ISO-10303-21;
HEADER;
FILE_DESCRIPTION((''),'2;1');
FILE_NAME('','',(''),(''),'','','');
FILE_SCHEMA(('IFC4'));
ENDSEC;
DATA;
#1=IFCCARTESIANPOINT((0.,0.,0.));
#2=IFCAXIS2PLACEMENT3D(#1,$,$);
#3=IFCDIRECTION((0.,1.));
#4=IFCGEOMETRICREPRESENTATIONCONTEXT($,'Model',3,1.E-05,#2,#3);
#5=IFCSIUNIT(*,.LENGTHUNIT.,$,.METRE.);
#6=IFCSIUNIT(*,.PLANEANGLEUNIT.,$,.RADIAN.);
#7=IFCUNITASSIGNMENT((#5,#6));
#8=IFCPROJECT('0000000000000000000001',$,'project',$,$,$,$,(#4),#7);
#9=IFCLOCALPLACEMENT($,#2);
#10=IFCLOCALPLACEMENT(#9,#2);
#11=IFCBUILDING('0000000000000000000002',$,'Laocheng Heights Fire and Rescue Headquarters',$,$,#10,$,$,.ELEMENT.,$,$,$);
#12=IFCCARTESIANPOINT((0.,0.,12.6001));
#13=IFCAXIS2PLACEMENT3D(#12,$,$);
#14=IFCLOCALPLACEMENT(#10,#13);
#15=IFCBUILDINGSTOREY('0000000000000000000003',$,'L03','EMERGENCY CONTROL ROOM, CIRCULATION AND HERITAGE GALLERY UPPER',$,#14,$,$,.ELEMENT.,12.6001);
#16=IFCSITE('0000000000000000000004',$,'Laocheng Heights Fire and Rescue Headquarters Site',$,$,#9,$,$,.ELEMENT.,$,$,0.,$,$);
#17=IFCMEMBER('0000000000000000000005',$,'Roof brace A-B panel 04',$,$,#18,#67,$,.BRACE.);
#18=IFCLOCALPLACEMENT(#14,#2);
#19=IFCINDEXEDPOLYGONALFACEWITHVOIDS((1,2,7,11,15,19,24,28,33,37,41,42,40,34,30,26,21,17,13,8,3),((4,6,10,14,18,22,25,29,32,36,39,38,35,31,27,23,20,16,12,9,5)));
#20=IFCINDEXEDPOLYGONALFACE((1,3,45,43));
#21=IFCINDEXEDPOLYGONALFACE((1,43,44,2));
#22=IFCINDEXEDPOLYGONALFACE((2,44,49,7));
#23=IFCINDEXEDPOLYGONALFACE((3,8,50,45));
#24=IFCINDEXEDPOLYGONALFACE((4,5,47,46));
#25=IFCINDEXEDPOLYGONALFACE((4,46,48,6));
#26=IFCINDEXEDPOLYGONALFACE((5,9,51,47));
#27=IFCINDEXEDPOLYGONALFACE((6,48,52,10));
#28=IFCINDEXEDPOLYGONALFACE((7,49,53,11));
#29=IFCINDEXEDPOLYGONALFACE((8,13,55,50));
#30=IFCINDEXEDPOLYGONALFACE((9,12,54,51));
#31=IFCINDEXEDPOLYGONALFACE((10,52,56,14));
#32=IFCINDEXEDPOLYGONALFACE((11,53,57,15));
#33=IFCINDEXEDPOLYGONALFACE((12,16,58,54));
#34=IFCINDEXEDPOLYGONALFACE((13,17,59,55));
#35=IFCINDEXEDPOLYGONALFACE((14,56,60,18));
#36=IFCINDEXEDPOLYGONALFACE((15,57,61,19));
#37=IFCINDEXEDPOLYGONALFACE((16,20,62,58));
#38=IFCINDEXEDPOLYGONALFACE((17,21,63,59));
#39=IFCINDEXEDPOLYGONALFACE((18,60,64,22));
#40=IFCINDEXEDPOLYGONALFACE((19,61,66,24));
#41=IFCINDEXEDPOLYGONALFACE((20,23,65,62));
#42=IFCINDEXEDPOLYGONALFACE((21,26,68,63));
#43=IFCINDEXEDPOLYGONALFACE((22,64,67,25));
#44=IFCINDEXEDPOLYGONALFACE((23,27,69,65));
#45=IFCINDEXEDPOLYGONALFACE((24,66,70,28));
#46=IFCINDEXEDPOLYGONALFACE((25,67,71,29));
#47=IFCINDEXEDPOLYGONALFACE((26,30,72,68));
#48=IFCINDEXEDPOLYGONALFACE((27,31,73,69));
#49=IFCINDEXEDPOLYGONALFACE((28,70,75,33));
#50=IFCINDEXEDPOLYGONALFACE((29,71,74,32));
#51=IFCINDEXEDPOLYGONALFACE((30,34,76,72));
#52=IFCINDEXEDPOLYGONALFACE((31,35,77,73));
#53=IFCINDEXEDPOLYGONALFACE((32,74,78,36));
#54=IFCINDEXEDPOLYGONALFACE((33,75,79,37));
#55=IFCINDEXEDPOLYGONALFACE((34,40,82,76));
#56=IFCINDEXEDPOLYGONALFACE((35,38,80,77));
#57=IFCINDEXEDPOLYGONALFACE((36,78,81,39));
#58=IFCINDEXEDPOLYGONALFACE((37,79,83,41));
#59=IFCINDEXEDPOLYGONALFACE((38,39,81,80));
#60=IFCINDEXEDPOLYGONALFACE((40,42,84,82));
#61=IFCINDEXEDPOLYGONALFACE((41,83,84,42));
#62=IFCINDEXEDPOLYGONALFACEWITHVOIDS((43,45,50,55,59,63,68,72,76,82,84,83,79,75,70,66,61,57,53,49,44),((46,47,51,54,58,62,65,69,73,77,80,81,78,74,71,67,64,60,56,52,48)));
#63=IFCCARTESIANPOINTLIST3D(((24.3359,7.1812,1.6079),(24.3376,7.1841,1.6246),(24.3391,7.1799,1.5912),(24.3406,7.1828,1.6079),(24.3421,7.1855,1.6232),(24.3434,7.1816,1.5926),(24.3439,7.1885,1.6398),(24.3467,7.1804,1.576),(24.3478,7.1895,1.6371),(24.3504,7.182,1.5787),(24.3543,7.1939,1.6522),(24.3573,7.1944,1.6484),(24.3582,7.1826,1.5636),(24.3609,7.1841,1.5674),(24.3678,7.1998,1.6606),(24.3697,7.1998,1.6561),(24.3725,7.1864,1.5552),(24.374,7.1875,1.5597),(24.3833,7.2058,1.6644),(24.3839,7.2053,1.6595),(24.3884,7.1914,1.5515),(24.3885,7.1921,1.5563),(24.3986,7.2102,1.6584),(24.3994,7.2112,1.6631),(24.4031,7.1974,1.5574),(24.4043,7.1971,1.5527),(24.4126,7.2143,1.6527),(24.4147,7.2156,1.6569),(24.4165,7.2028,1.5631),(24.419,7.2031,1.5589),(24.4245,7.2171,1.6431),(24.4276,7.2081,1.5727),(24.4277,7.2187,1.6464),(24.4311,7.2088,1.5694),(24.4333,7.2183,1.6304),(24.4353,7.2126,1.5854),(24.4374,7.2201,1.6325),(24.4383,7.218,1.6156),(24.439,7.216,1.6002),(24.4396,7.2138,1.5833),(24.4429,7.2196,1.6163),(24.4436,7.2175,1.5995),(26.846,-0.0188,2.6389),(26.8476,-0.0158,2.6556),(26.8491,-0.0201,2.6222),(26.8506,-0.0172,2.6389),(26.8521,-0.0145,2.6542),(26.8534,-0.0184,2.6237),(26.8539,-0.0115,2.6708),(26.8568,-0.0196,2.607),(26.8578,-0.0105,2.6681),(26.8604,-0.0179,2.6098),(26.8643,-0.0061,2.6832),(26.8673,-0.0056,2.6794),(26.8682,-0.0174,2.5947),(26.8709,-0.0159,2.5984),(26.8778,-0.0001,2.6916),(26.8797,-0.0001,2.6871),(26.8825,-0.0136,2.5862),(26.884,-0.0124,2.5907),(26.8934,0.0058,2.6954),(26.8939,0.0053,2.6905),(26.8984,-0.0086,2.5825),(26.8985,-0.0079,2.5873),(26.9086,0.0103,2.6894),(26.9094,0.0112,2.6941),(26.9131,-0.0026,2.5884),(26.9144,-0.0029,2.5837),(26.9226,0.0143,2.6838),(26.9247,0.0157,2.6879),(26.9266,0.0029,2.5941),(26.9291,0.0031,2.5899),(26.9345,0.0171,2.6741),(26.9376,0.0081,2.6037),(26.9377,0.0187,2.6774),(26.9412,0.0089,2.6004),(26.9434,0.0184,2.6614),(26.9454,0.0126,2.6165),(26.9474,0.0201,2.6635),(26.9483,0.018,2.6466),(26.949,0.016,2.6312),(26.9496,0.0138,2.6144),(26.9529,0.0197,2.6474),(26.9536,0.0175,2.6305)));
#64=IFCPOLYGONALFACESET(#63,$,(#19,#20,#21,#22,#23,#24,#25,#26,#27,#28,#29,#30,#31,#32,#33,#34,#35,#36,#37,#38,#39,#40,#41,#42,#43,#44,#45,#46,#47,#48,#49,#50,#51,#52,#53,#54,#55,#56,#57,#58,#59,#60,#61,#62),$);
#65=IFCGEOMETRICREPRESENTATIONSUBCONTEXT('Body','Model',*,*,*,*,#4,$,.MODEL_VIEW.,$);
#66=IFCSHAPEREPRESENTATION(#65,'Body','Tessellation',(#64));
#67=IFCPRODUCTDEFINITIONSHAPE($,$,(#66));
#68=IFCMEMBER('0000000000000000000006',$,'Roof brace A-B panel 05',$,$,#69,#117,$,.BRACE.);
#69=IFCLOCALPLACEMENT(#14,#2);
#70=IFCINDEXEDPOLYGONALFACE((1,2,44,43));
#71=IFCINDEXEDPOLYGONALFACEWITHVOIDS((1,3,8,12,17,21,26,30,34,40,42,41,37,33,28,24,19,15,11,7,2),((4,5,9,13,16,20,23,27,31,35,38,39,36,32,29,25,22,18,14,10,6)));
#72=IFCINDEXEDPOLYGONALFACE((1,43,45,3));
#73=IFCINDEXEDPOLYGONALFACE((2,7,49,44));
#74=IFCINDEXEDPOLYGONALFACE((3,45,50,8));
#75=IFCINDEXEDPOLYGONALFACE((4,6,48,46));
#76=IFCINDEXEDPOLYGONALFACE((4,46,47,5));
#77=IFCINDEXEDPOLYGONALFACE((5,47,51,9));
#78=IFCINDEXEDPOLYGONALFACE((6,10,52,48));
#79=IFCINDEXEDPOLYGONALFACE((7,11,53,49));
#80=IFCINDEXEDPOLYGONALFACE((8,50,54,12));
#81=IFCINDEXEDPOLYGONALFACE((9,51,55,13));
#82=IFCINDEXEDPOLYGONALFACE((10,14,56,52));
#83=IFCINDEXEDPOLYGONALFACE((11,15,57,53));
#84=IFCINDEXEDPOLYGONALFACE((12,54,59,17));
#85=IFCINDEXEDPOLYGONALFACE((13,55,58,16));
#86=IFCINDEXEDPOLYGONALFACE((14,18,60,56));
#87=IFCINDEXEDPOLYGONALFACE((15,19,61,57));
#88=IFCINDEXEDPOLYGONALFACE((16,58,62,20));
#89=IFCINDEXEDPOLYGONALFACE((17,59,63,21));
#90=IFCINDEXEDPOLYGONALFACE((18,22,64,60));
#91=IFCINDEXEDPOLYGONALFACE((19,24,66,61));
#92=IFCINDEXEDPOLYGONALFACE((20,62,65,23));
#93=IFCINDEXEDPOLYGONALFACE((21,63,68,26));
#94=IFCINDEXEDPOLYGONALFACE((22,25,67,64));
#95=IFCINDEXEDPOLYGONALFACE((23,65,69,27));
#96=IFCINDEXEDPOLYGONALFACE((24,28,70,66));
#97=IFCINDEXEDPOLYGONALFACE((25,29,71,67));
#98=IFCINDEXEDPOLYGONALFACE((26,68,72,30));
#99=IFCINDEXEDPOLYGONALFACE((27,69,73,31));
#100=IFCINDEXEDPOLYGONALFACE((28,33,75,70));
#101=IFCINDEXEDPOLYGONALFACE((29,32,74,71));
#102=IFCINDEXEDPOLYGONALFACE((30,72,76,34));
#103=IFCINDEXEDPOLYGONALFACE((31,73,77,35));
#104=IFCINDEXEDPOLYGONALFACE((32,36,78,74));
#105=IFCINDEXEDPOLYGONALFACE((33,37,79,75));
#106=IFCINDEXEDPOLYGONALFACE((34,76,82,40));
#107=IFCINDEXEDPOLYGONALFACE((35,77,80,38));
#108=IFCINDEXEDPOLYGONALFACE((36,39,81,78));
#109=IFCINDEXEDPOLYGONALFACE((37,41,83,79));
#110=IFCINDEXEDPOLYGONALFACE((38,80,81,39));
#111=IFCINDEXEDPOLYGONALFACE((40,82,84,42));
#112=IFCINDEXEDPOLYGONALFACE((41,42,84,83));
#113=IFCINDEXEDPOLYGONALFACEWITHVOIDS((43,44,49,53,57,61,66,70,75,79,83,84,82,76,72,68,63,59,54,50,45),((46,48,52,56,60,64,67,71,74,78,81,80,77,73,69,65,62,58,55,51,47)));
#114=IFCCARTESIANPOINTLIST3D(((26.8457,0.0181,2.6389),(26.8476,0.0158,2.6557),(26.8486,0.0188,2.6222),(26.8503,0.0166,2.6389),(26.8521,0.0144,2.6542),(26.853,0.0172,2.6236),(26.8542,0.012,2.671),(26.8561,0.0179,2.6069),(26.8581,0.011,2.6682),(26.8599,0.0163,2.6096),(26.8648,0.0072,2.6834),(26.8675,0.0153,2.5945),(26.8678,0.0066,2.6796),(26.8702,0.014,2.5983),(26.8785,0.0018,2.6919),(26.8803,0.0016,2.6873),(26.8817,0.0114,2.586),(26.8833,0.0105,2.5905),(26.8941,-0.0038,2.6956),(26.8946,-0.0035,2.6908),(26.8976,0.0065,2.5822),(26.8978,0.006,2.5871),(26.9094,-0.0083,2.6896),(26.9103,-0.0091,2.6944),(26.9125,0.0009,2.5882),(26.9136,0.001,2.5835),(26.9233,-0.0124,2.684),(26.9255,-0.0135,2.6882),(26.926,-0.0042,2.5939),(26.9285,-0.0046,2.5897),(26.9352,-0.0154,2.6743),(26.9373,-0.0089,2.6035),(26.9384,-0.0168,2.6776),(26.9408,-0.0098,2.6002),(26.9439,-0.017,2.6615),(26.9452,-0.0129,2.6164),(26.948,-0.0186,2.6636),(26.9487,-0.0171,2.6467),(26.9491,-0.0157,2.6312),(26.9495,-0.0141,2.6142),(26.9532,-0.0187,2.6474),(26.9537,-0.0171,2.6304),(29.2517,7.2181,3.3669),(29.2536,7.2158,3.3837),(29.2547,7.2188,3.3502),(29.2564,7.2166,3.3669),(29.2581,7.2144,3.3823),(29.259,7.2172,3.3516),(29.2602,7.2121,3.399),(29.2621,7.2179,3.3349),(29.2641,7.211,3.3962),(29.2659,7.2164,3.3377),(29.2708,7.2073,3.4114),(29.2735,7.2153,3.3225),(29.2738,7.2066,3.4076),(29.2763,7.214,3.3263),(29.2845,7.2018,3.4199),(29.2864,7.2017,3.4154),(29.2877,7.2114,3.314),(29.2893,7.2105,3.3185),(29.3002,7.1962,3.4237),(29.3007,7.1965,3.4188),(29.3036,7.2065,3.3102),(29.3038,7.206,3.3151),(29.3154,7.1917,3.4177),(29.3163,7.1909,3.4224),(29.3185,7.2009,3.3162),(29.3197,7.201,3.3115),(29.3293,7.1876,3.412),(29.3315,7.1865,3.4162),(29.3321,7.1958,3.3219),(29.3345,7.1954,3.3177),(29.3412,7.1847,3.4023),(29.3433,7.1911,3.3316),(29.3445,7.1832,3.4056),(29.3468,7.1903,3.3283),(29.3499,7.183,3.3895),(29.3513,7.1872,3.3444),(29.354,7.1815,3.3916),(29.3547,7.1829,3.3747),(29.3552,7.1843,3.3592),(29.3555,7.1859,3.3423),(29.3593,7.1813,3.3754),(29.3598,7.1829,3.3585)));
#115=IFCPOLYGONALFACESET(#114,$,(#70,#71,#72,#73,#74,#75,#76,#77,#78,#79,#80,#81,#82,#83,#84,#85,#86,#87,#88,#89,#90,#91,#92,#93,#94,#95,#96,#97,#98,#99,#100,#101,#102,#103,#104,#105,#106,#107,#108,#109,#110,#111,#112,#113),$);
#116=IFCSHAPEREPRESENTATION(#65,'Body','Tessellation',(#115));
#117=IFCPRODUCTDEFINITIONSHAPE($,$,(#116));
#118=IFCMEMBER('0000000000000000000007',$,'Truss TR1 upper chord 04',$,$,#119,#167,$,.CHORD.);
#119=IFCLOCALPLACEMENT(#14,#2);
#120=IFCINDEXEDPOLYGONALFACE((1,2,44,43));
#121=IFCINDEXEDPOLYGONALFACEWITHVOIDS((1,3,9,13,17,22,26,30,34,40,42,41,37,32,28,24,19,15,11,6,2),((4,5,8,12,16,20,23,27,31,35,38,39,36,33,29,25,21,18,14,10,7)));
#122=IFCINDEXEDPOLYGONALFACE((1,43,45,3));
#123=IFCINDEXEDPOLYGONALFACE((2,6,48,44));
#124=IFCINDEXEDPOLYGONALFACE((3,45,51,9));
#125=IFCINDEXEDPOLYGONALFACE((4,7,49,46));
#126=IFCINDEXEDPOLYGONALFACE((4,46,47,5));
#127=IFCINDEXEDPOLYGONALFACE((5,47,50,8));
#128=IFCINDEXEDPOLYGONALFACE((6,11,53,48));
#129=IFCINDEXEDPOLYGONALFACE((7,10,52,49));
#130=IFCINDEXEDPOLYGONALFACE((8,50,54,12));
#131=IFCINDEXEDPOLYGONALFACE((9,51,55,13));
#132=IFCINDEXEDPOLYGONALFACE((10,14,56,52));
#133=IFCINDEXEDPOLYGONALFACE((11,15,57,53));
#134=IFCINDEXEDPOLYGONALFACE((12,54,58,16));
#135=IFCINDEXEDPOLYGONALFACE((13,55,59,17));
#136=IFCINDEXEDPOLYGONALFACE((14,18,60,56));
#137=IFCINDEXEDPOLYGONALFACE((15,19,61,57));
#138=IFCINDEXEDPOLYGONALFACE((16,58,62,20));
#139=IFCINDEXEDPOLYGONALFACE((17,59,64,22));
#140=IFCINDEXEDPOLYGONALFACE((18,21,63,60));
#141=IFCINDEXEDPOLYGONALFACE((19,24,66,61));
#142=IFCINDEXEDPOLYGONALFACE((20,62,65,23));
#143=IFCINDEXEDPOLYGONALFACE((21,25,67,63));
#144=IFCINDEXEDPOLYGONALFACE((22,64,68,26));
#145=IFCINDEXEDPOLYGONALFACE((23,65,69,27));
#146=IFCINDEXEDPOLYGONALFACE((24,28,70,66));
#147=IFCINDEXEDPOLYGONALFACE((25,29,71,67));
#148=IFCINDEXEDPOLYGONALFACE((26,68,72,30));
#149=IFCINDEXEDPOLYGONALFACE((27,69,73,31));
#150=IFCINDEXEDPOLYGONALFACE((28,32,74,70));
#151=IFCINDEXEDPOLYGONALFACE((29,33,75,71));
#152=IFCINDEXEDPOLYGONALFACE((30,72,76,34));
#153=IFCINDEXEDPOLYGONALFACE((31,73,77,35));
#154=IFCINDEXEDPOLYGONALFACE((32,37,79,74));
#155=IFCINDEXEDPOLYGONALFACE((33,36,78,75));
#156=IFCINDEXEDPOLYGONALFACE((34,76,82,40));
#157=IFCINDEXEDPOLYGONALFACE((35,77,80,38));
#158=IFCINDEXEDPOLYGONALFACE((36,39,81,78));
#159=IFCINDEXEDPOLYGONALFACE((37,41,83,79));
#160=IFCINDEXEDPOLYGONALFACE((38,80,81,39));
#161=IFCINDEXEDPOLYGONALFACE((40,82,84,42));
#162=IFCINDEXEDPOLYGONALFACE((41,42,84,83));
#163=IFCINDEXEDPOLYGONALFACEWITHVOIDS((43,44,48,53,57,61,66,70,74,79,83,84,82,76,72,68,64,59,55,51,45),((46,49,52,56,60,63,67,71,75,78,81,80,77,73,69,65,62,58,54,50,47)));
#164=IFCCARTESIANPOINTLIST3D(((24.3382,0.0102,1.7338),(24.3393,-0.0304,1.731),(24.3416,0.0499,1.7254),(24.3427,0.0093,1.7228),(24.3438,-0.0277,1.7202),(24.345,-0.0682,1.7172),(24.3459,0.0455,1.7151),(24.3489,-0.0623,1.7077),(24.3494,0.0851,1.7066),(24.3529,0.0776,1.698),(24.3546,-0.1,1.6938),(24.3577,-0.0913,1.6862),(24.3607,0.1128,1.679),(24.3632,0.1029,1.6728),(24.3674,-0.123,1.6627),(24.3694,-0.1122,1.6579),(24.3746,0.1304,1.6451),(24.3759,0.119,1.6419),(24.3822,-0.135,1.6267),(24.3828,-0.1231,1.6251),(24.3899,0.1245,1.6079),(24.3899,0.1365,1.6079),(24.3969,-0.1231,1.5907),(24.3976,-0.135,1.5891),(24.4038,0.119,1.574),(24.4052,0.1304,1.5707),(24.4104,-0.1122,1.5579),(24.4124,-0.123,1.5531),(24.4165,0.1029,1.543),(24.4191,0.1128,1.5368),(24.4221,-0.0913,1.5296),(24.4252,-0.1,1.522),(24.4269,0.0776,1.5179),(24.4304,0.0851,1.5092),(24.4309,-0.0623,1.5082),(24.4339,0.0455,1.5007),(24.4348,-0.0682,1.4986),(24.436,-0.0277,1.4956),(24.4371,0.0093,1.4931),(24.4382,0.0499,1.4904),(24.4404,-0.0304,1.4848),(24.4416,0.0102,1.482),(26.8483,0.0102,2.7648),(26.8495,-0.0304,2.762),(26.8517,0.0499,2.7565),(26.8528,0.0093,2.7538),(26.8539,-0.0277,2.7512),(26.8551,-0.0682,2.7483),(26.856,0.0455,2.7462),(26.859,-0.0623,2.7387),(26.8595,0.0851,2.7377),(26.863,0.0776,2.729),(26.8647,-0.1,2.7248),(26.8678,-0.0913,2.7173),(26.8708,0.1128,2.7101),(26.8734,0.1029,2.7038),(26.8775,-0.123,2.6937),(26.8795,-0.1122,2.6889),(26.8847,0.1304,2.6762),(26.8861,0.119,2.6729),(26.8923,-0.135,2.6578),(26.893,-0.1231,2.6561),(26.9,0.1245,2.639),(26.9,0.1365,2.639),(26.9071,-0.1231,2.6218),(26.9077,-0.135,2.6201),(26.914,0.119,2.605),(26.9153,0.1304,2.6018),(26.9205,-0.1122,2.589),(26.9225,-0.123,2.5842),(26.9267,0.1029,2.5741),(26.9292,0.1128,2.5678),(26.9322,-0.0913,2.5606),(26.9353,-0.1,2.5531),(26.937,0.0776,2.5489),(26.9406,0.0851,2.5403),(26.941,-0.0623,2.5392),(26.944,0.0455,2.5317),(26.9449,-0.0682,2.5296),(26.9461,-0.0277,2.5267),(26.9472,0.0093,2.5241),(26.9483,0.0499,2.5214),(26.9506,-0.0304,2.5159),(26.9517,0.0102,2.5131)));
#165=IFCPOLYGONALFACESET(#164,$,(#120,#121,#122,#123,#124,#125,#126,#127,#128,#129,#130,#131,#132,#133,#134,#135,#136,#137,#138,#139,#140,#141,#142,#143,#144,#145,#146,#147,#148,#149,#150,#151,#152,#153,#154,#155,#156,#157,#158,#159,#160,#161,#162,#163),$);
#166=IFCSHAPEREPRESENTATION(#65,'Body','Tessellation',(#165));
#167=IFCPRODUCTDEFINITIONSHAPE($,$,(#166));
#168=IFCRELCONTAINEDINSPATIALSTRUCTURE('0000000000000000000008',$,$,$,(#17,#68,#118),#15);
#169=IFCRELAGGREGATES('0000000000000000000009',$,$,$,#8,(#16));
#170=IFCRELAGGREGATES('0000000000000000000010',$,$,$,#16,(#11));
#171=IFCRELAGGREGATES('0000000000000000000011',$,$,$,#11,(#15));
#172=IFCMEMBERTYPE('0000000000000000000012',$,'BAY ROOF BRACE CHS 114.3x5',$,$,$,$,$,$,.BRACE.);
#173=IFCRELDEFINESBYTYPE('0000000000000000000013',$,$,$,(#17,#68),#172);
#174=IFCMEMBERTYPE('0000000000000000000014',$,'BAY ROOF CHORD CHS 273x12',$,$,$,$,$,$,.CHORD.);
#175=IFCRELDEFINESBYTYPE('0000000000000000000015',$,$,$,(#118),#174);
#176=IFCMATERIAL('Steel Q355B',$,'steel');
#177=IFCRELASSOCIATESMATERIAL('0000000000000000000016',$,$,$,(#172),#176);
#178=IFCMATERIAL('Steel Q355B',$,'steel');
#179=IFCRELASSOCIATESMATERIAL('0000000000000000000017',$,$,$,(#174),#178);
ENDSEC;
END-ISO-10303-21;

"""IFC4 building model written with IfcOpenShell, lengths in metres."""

from ifc_helpers import new_model, si_unit, direction, frame, origin, origin_2d, place, context, subcontext, project, spatial, hollow_circle, extrude, material, material_profile, profile_set, type_object, element, save


model = new_model("IFC4")

# Units and contexts
model_context = context("Model", 3, precision=1e-05, world=origin(), true_north=direction((0.0, 1.0)))
body_context = subcontext(model_context, "Body", "Model", "MODEL_VIEW")
ifc_project = project(units=[si_unit("LENGTHUNIT", "METRE"), si_unit("PLANEANGLEUNIT", "RADIAN")], contexts=[model_context])

# Site, building, storey
site_placement = place(None, origin())
site = spatial("IfcSite", under=ifc_project, at=site_placement, Name="Laocheng Heights Fire and Rescue Headquarters Site", CompositionType="ELEMENT", RefElevation=0.0)
building_placement = place(site_placement, origin())
building = spatial("IfcBuilding", under=site, at=building_placement, Name="Laocheng Heights Fire and Rescue Headquarters", CompositionType="ELEMENT")
storey_placement = place(building_placement, frame((0.0, 0.0, 12.6001)))
storey = spatial("IfcBuildingStorey", under=building, at=storey_placement, Name="L03", Description="EMERGENCY CONTROL ROOM, CIRCULATION AND HERITAGE GALLERY UPPER", CompositionType="ELEMENT", Elevation=12.6001)

# Members
ifc_material_1 = material(Name="Steel Q355B", Category="steel")
ifc_material_profile_1 = material_profile(ifc_material_1, hollow_circle(Radius=0.0571, WallThickness=0.0049, at=origin_2d()), Name="CHS 114.3x5")
ifc_profile_set_1 = profile_set([ifc_material_profile_1], Name="Steel Q355B")
member_type_1 = type_object("IfcMemberType", Name="BAY ROOF BRACE CHS 114.3x5", PredefinedType="BRACE", material=ifc_profile_set_1)
member_1_placement = place(storey_placement, frame((26.8999, 0.0, 2.6389), z_axis=(-0.326216, 0.93575, -0.133996), x_axis=(-0.944265, -0.329185, 0.0)))
element("IfcMember", 1, at=member_1_placement, inside=storey, type_object=member_type_1, Name="Roof brace A-B panel 04", PredefinedType="BRACE", context=body_context, shape_type="SweptSolid", body=[
    extrude(hollow_circle(Radius=0.0571, WallThickness=0.0049, at=origin_2d()), origin(), (0.0, 0.0, 1.0), 7.6943),
])
member_2_placement = place(storey_placement, frame((26.8999, 0.0, 2.6389), z_axis=(0.315494, 0.944113, 0.095465), x_axis=(-0.948445, 0.316942, 0.0)))
element("IfcMember", 2, at=member_2_placement, inside=storey, type_object=member_type_1, Name="Roof brace A-B panel 05", PredefinedType="BRACE", context=body_context, shape_type="SweptSolid", body=[
    extrude(hollow_circle(Radius=0.0571, WallThickness=0.0049, at=origin_2d()), origin(), (0.0, 0.0, 1.0), 7.6262),
])
ifc_material_2 = material(Name="Steel Q355B", Category="steel")
ifc_material_profile_2 = material_profile(ifc_material_2, hollow_circle(Radius=0.1365, WallThickness=0.012, at=origin_2d()), Name="CHS 273x12")
ifc_profile_set_2 = profile_set([ifc_material_profile_2], Name="Steel Q355B")
member_type_2 = type_object("IfcMemberType", Name="BAY ROOF CHORD CHS 273x12", PredefinedType="CHORD", material=ifc_profile_set_2)
member_3_placement = place(storey_placement, frame((24.3899, 0.0, 1.6079), z_axis=(0.925006, 0.0, 0.379953), x_axis=(0.0, 1.0, 0.0)))
element("IfcMember", 3, at=member_3_placement, inside=storey, type_object=member_type_2, Name="Truss TR1 upper chord 04", PredefinedType="CHORD", context=body_context, shape_type="SweptSolid", body=[
    extrude(hollow_circle(Radius=0.1365, WallThickness=0.012, at=origin_2d()), origin(), (0.0, 0.0, 1.0), 2.7136),
])

save(model, "model.ifc")
